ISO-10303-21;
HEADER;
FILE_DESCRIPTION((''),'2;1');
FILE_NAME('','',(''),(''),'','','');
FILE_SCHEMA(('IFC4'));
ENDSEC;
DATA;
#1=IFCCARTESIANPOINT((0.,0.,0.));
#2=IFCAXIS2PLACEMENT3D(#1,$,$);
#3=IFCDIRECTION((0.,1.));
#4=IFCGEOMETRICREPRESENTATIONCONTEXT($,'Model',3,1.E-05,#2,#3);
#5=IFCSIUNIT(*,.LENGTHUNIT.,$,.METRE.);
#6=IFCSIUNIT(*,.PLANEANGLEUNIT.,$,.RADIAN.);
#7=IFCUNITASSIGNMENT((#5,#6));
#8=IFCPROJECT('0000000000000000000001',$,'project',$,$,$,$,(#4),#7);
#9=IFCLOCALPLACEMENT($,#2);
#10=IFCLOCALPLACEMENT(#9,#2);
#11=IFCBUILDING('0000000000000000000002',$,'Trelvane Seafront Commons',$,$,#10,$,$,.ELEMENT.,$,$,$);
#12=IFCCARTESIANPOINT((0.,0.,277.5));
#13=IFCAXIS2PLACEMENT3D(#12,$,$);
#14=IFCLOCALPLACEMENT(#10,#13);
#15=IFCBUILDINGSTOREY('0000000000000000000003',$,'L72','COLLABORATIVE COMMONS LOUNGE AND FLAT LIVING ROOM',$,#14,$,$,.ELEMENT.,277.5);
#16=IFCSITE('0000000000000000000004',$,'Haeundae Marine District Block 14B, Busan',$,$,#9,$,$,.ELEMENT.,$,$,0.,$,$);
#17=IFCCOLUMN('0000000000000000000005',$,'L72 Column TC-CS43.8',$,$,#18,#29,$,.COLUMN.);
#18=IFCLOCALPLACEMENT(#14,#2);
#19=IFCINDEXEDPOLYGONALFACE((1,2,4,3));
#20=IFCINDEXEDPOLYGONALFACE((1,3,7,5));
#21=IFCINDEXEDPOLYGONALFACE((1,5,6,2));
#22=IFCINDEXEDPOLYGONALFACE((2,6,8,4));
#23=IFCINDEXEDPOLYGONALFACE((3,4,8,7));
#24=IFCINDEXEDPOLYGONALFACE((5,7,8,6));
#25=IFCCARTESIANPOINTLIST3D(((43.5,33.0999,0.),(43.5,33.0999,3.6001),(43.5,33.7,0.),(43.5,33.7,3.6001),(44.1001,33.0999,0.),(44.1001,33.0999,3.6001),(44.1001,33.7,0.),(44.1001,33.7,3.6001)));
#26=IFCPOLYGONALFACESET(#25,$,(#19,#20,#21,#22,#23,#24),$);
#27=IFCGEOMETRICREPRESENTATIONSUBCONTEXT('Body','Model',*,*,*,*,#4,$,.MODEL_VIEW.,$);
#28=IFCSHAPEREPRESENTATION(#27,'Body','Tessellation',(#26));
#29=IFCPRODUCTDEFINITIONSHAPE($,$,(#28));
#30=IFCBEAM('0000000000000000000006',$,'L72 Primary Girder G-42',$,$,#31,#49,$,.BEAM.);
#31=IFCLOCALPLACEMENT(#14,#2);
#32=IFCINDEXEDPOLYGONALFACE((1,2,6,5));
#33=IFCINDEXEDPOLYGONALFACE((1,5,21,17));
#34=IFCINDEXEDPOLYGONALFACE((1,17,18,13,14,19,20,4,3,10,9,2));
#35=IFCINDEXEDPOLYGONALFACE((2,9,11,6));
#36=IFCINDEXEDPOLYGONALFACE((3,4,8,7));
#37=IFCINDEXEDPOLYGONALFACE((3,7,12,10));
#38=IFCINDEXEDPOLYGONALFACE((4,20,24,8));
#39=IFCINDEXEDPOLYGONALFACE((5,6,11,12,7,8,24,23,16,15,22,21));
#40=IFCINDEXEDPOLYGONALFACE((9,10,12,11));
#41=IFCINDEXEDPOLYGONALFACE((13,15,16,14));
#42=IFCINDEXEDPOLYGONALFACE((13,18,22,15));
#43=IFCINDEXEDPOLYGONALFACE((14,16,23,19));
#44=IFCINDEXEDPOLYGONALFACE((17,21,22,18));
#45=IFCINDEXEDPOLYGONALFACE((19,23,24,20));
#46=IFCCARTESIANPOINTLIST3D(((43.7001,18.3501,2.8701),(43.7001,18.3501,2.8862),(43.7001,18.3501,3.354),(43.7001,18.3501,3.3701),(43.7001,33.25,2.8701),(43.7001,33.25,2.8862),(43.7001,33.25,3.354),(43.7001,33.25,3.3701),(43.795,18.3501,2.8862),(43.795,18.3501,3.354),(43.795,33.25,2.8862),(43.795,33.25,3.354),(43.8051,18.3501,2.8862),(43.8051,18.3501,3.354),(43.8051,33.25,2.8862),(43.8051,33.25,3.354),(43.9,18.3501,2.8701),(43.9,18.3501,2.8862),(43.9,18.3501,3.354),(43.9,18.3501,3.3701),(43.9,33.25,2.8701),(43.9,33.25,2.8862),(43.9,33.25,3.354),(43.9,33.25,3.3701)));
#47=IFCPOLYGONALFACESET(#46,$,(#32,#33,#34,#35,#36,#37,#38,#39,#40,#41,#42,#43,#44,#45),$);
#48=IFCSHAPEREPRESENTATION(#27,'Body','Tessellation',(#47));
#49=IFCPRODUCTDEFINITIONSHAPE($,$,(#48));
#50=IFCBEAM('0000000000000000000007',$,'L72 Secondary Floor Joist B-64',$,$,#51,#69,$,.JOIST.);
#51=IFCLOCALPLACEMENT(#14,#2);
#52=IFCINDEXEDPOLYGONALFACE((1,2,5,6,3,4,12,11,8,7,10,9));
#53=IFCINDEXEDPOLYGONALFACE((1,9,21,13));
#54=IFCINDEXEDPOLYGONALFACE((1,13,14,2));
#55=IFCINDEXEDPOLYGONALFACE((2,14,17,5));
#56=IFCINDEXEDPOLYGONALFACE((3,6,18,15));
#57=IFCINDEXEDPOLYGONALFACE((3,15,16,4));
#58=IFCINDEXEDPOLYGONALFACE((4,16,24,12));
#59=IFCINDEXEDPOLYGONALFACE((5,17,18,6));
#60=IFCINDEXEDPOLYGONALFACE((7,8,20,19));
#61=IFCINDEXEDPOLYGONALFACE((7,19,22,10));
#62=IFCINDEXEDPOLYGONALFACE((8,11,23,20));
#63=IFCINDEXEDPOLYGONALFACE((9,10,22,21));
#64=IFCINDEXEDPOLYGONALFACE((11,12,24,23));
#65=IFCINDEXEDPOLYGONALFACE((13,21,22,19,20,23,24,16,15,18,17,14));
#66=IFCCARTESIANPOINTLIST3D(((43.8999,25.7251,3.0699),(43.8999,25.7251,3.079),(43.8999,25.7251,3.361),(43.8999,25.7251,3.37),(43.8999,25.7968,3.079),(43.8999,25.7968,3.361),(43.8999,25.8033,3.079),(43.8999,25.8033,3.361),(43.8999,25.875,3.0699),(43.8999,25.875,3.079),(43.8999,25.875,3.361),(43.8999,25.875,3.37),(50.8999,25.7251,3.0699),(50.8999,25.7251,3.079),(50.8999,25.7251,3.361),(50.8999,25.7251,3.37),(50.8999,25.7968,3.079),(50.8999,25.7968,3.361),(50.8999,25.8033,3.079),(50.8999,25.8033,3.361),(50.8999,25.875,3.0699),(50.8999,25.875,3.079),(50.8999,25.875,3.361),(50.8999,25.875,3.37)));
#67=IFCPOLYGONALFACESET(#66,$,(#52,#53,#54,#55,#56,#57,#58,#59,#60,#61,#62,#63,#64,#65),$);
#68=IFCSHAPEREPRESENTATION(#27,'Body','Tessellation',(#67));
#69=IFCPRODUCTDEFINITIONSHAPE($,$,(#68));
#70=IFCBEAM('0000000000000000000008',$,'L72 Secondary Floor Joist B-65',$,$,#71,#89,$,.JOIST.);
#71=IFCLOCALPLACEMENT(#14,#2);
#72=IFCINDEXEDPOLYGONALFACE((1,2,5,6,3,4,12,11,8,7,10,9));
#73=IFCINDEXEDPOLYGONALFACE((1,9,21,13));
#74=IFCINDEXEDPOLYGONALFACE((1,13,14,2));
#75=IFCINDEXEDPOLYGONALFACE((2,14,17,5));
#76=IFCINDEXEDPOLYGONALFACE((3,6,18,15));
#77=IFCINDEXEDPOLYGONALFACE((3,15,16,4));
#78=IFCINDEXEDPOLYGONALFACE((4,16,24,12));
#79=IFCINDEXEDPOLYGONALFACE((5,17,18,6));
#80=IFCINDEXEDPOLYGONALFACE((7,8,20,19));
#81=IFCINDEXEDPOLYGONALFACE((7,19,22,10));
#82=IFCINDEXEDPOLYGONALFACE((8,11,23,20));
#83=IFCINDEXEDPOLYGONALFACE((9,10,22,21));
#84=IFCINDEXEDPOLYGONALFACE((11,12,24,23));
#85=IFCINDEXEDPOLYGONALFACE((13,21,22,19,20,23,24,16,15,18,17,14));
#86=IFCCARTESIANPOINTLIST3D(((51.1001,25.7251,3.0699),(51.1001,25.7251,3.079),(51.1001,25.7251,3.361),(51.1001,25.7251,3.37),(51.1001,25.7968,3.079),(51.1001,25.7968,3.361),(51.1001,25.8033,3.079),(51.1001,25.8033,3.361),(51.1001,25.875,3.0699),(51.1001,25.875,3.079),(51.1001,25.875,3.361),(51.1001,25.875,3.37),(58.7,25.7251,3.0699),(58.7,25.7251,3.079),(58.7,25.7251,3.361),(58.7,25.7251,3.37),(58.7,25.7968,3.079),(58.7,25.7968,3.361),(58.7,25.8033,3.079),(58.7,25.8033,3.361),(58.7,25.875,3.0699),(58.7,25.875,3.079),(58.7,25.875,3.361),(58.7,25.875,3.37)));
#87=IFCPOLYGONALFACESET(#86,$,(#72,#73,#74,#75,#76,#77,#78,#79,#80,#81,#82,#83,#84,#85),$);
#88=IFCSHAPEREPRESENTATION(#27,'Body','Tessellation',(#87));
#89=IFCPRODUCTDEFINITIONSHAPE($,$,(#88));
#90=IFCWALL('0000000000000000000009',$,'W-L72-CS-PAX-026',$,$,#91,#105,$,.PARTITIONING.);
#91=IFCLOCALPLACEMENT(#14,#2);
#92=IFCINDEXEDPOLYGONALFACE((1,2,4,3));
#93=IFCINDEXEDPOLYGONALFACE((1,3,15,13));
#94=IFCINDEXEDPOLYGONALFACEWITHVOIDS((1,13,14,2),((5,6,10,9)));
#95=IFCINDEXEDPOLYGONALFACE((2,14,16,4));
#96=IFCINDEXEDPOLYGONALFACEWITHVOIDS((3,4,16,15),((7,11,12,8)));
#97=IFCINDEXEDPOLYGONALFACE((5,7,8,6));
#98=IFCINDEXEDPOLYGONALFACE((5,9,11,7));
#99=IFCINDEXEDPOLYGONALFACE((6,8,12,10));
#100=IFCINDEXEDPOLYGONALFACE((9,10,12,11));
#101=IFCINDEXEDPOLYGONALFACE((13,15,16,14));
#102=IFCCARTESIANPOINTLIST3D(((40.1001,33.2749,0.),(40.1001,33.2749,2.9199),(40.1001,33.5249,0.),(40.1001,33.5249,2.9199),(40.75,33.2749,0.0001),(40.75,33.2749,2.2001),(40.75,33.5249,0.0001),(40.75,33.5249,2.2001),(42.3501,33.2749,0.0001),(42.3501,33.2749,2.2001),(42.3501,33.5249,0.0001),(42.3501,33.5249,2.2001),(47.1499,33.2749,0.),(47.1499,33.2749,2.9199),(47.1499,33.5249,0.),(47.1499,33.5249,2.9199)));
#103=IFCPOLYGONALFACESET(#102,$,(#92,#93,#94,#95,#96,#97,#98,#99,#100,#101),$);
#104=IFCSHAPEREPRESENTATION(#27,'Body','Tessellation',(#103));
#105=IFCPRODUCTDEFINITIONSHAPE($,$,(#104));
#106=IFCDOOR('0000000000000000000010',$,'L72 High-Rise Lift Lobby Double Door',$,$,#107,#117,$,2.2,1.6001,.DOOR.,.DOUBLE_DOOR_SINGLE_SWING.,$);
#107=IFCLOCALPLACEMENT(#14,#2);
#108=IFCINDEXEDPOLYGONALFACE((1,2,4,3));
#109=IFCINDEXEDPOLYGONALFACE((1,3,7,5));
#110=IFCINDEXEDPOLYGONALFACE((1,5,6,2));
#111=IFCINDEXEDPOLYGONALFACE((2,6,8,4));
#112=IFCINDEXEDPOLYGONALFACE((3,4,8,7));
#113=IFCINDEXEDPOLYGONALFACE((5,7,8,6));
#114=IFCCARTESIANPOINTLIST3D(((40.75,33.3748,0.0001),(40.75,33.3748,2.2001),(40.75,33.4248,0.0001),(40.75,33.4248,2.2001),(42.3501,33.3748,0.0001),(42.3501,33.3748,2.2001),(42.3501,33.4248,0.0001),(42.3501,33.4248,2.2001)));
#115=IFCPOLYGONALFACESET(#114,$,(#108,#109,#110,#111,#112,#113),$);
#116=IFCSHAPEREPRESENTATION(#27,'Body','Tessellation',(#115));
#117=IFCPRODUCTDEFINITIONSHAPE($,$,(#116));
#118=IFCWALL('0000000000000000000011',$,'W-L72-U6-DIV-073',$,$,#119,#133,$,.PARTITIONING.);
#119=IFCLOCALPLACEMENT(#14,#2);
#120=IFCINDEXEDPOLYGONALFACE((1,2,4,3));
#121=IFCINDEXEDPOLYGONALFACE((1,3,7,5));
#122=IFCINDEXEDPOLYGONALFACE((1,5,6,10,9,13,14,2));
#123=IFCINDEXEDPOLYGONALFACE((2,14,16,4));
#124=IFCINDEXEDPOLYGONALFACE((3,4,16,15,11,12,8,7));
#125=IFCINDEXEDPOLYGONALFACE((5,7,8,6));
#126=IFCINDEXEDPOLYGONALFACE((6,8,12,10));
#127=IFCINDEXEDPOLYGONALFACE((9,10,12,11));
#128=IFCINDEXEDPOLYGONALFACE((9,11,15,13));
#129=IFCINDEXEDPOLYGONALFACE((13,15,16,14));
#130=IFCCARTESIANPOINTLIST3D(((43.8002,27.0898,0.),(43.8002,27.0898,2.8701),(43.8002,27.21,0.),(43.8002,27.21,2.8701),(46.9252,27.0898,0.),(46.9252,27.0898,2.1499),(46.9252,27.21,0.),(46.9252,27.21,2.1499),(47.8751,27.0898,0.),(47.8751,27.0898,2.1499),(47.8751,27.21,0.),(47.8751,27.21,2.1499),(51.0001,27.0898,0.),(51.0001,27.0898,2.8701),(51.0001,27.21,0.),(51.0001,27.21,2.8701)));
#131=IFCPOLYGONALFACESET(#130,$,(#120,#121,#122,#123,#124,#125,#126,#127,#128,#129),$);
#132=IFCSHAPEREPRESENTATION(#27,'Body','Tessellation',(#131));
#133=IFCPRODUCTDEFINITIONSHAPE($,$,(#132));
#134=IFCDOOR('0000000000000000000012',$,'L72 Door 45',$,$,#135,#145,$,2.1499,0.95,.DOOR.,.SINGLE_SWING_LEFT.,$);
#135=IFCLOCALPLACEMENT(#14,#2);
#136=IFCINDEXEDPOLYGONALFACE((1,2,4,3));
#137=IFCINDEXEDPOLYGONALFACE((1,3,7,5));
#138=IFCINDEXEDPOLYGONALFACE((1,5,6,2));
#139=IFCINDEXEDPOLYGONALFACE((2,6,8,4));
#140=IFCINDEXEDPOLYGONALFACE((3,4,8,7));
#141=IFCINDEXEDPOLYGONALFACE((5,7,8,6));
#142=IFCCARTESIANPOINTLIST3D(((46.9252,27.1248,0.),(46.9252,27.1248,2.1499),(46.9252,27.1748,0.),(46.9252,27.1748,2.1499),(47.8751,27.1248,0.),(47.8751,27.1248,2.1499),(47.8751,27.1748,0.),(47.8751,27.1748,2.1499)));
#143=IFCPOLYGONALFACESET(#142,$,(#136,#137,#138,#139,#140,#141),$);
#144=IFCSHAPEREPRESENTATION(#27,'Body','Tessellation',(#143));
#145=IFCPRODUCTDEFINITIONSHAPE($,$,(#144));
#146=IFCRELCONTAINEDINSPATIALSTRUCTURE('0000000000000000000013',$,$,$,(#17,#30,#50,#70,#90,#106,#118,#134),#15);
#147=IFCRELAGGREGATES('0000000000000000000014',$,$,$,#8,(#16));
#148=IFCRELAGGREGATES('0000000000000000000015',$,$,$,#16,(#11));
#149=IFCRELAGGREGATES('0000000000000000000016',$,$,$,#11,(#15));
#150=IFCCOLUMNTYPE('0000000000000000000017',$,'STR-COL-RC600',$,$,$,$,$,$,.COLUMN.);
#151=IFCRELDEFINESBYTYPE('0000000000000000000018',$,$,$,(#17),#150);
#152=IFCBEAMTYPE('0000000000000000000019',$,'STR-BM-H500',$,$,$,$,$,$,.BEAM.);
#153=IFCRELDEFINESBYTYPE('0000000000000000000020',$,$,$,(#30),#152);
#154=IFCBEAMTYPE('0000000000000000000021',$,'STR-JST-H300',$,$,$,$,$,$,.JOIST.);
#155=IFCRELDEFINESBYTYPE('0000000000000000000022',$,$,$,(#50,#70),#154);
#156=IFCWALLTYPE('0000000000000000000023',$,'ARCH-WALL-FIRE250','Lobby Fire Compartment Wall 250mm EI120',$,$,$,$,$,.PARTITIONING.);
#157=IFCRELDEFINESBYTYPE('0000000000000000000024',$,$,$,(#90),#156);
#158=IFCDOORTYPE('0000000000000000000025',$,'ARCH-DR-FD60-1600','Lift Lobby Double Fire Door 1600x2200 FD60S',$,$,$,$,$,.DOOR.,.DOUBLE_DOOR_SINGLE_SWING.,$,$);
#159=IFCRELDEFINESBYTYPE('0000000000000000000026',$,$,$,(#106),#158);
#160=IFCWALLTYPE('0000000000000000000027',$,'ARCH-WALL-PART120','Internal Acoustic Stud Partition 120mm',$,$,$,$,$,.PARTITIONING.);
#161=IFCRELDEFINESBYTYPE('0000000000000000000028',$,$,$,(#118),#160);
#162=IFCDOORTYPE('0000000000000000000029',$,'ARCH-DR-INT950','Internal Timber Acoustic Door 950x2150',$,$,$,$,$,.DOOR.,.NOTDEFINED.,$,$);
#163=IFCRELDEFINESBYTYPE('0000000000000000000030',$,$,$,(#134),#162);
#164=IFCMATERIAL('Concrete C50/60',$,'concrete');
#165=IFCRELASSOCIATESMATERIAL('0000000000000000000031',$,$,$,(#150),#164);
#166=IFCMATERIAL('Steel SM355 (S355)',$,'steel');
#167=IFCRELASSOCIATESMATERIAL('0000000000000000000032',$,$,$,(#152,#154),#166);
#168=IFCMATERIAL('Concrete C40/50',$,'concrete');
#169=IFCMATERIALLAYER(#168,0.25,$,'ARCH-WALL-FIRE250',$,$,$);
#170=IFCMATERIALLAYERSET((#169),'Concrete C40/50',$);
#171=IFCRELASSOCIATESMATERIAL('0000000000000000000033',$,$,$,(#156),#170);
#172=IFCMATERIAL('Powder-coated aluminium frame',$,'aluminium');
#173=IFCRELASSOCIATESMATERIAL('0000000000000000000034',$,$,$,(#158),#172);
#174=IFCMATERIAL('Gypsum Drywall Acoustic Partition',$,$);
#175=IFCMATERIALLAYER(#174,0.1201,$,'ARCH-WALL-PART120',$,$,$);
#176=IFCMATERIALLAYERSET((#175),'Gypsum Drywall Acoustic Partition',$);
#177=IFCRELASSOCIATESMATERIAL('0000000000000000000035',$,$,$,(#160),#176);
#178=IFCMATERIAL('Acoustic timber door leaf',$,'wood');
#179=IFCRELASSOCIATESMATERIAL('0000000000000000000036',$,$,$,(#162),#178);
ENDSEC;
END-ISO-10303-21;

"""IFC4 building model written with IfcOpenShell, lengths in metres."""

from ifc_helpers import new_model, si_unit, direction, frame, frame_2d, origin, origin_2d, place, context, subcontext, project, spatial, rectangle, i_section, extrude, source, transform, mapped, material, layer, layer_set, material_profile, profile_set, type_object, element, fill, save


model = new_model("IFC4")

# Units and contexts
model_context = context("Model", 3, precision=1e-05, world=origin(), true_north=direction((0.0, 1.0)))
body_context = subcontext(model_context, "Body", "Model", "MODEL_VIEW")
ifc_project = project(units=[si_unit("LENGTHUNIT", "METRE"), si_unit("PLANEANGLEUNIT", "RADIAN")], contexts=[model_context])

# Site, building, storey
site_placement = place(None, origin())
site = spatial("IfcSite", under=ifc_project, at=site_placement, Name="Haeundae Marine District Block 14B, Busan", CompositionType="ELEMENT", RefElevation=0.0)
building_placement = place(site_placement, origin())
building = spatial("IfcBuilding", under=site, at=building_placement, Name="Trelvane Seafront Commons", CompositionType="ELEMENT")
storey_placement = place(building_placement, frame((0.0, 0.0, 277.5)))
storey = spatial("IfcBuildingStorey", under=building, at=storey_placement, Name="L72", Description="COLLABORATIVE COMMONS LOUNGE AND FLAT LIVING ROOM", CompositionType="ELEMENT", Elevation=277.5)

# Column
ifc_material_1 = material(Name="Concrete C50/60", Category="concrete")
ifc_material_profile_1 = material_profile(ifc_material_1, rectangle(XDim=0.6001, YDim=0.6001, at=origin_2d()), Name="RC-600x600")
ifc_profile_set_1 = profile_set([ifc_material_profile_1], Name="Concrete C50/60")
column_type = type_object("IfcColumnType", Name="STR-COL-RC600", PredefinedType="COLUMN", material=ifc_profile_set_1)
shared_shape_1 = source(origin(), body_context, "Body", "SweptSolid", [
    extrude(rectangle(XDim=0.6001, YDim=0.6001, at=origin_2d()), origin(), (0.0, 0.0, 1.0), 3.6001),
])
column_placement = place(storey_placement, frame((43.8, 33.3999, 0.0), z_axis=(0.0, 0.0, 1.0), x_axis=(1.0, 0.0, 0.0)))
element("IfcColumn", 1, at=column_placement, inside=storey, type_object=column_type, Name="L72 Column TC-CS43.8", PredefinedType="COLUMN", context=body_context, shape_type="MappedRepresentation", body=[
    mapped(shared_shape_1, transform((0.0, 0.0, 0.0), x_axis=(1.0, 0.0, 0.0), y_axis=(0.0, 1.0, 0.0), z_axis=(0.0, 0.0, 1.0), scale=1.0)),
])

# Beams
ifc_material_2 = material(Name="Steel SM355 (S355)", Category="steel")
ifc_material_profile_2 = material_profile(ifc_material_2, i_section(OverallWidth=0.2, OverallDepth=0.5, WebThickness=0.01, FlangeThickness=0.0161, at=origin_2d()), Name="H-500x200x10x16")
ifc_profile_set_2 = profile_set([ifc_material_profile_2], Name="Steel SM355 (S355)")
beam_type_1 = type_object("IfcBeamType", Name="STR-BM-H500", PredefinedType="BEAM", material=ifc_profile_set_2)
shared_shape_2 = source(origin(), body_context, "Body", "SweptSolid", [
    extrude(i_section(OverallWidth=0.2, OverallDepth=0.5, WebThickness=0.01, FlangeThickness=0.0161, at=origin_2d()), origin(), (0.0, 0.0, 1.0), 14.8999),
])
beam_1_placement = place(storey_placement, frame((43.8, 18.3501, 3.1201), z_axis=(0.0, 1.0, 0.0), x_axis=(-1.0, 0.0, 0.0)))
element("IfcBeam", 2, at=beam_1_placement, inside=storey, type_object=beam_type_1, Name="L72 Primary Girder G-42", PredefinedType="BEAM", context=body_context, shape_type="MappedRepresentation", body=[
    mapped(shared_shape_2, transform((0.0, 0.0, 0.0), x_axis=(1.0, 0.0, 0.0), y_axis=(0.0, 1.0, 0.0), z_axis=(0.0, 0.0, 1.0), scale=1.0)),
])
ifc_material_profile_3 = material_profile(ifc_material_2, i_section(OverallWidth=0.1499, OverallDepth=0.3, WebThickness=0.0066, FlangeThickness=0.009, at=origin_2d()), Name="H-300x150x6.5x9")
ifc_profile_set_3 = profile_set([ifc_material_profile_3], Name="Steel SM355 (S355)")
beam_type_2 = type_object("IfcBeamType", Name="STR-JST-H300", PredefinedType="JOIST", material=ifc_profile_set_3)
shared_shape_3 = source(origin(), body_context, "Body", "SweptSolid", [
    extrude(i_section(OverallWidth=0.1499, OverallDepth=0.3, WebThickness=0.0066, FlangeThickness=0.009, at=origin_2d()), origin(), (0.0, 0.0, 1.0), 7.0),
])
beam_2_placement = place(storey_placement, frame((43.8999, 25.8, 3.22), z_axis=(1.0, 0.0, 0.0), x_axis=(0.0, 1.0, 0.0)))
element("IfcBeam", 3, at=beam_2_placement, inside=storey, type_object=beam_type_2, Name="L72 Secondary Floor Joist B-64", PredefinedType="JOIST", context=body_context, shape_type="MappedRepresentation", body=[
    mapped(shared_shape_3, transform((0.0, 0.0, 0.0), x_axis=(1.0, 0.0, 0.0), y_axis=(0.0, 1.0, 0.0), z_axis=(0.0, 0.0, 1.0), scale=1.0)),
])
shared_shape_4 = source(origin(), body_context, "Body", "SweptSolid", [
    extrude(i_section(OverallWidth=0.1499, OverallDepth=0.3, WebThickness=0.0066, FlangeThickness=0.009, at=origin_2d()), origin(), (0.0, 0.0, 1.0), 7.5999),
])
beam_3_placement = place(storey_placement, frame((51.1001, 25.8, 3.22), z_axis=(1.0, 0.0, 0.0), x_axis=(0.0, 1.0, 0.0)))
element("IfcBeam", 4, at=beam_3_placement, inside=storey, type_object=beam_type_2, Name="L72 Secondary Floor Joist B-65", PredefinedType="JOIST", context=body_context, shape_type="MappedRepresentation", body=[
    mapped(shared_shape_4, transform((0.0, 0.0, 0.0), x_axis=(1.0, 0.0, 0.0), y_axis=(0.0, 1.0, 0.0), z_axis=(0.0, 0.0, 1.0), scale=1.0)),
])

# Walls, openings, doors
ifc_material_3 = material(Name="Concrete C40/50", Category="concrete")
ifc_layer_1 = layer(ifc_material_3, 0.25, Name="ARCH-WALL-FIRE250")
ifc_layer_set_1 = layer_set([ifc_layer_1], Name="Concrete C40/50")
wall_type_1 = type_object("IfcWallType", Name="ARCH-WALL-FIRE250", Description="Lobby Fire Compartment Wall 250mm EI120", PredefinedType="PARTITIONING", material=ifc_layer_set_1)
wall_1_placement = place(storey_placement, frame((40.1001, 33.3999, 0.0), z_axis=(0.0, 0.0, 1.0), x_axis=(1.0, 0.0, 0.0)))
wall_1 = element("IfcWall", 5, at=wall_1_placement, inside=storey, type_object=wall_type_1, Name="W-L72-CS-PAX-026", PredefinedType="PARTITIONING", context=body_context, shape_type="SweptSolid", body=[
    extrude(rectangle(XDim=7.0498, YDim=0.25, at=frame_2d((3.5249, 0.0))), origin(), (0.0, 0.0, 1.0), 2.9199),
])
opening_1_placement = place(wall_1_placement, frame((0.6499, 0.0, 0.0)))
opening_1 = element("IfcOpeningElement", 6, at=opening_1_placement, cuts=wall_1, PredefinedType="OPENING", context=body_context, shape_type="SweptSolid", body=[
    extrude(rectangle(XDim=1.6001, YDim=2.2, at=frame_2d((0.8, 1.1001))), frame((0.0, 0.135, 0.0), z_axis=(0.0, -1.0, 0.0), x_axis=(1.0, 0.0, 0.0)), (0.0, 0.0, 1.0), 0.27),
])
ifc_material_4 = material(Name="Powder-coated aluminium frame", Category="aluminium")
door_type_1 = type_object("IfcDoorType", Name="ARCH-DR-FD60-1600", Description="Lift Lobby Double Fire Door 1600x2200 FD60S", OperationType="DOUBLE_DOOR_SINGLE_SWING", PredefinedType="DOOR", material=ifc_material_4)
shared_shape_5 = source(origin(), body_context, "Body", "SweptSolid", [
    extrude(rectangle(XDim=1.6001, YDim=2.2, at=frame_2d((0.8, 1.1001))), frame((0.0, 0.0249, 0.0), z_axis=(0.0, -1.0, 0.0), x_axis=(1.0, 0.0, 0.0)), (0.0, 0.0, 1.0), 0.05),
])
door_1_placement = place(opening_1_placement, origin())
door_1 = element("IfcDoor", 7, at=door_1_placement, inside=storey, type_object=door_type_1, Name="L72 High-Rise Lift Lobby Double Door", OperationType="DOUBLE_DOOR_SINGLE_SWING", OverallHeight=2.2, OverallWidth=1.6001, PredefinedType="DOOR", context=body_context, shape_type="MappedRepresentation", body=[
    mapped(shared_shape_5, transform((0.0, 0.0, 0.0), x_axis=(1.0, 0.0, 0.0), y_axis=(0.0, 1.0, 0.0), z_axis=(0.0, 0.0, 1.0), scale=1.0)),
])
fill(opening_1, door_1)
ifc_material_5 = material(Name="Gypsum Drywall Acoustic Partition")
ifc_layer_2 = layer(ifc_material_5, 0.1201, Name="ARCH-WALL-PART120")
ifc_layer_set_2 = layer_set([ifc_layer_2], Name="Gypsum Drywall Acoustic Partition")
wall_type_2 = type_object("IfcWallType", Name="ARCH-WALL-PART120", Description="Internal Acoustic Stud Partition 120mm", PredefinedType="PARTITIONING", material=ifc_layer_set_2)
wall_2_placement = place(storey_placement, frame((43.8, 27.1499, 0.0), z_axis=(0.0, 0.0, 1.0), x_axis=(1.0, 0.0, 0.0)))
wall_2 = element("IfcWall", 8, at=wall_2_placement, inside=storey, type_object=wall_type_2, Name="W-L72-U6-DIV-073", PredefinedType="PARTITIONING", context=body_context, shape_type="SweptSolid", body=[
    extrude(rectangle(XDim=7.2, YDim=0.1201, at=frame_2d((3.6001, 0.0))), origin(), (0.0, 0.0, 1.0), 2.8701),
])
opening_2_placement = place(wall_2_placement, frame((3.125, 0.0, 0.0)))
opening_2 = element("IfcOpeningElement", 9, at=opening_2_placement, cuts=wall_2, PredefinedType="OPENING", context=body_context, shape_type="SweptSolid", body=[
    extrude(rectangle(XDim=0.95, YDim=2.1499, at=frame_2d((0.4751, 1.075))), frame((0.0, 0.0701, 0.0), z_axis=(0.0, -1.0, 0.0), x_axis=(1.0, 0.0, 0.0)), (0.0, 0.0, 1.0), 0.1401),
])
ifc_material_6 = material(Name="Acoustic timber door leaf", Category="wood")
door_type_2 = type_object("IfcDoorType", Name="ARCH-DR-INT950", Description="Internal Timber Acoustic Door 950x2150", OperationType="NOTDEFINED", PredefinedType="DOOR", material=ifc_material_6)
shared_shape_6 = source(origin(), body_context, "Body", "SweptSolid", [
    extrude(rectangle(XDim=0.95, YDim=2.1499, at=frame_2d((0.4751, 1.075))), frame((0.0, 0.0249, 0.0), z_axis=(0.0, -1.0, 0.0), x_axis=(1.0, 0.0, 0.0)), (0.0, 0.0, 1.0), 0.05),
])
door_2_placement = place(opening_2_placement, origin())
door_2 = element("IfcDoor", 10, at=door_2_placement, inside=storey, type_object=door_type_2, Name="L72 Door 45", OperationType="SINGLE_SWING_LEFT", OverallHeight=2.1499, OverallWidth=0.95, PredefinedType="DOOR", context=body_context, shape_type="MappedRepresentation", body=[
    mapped(shared_shape_6, transform((0.0, 0.0, 0.0), x_axis=(1.0, 0.0, 0.0), y_axis=(0.0, 1.0, 0.0), z_axis=(0.0, 0.0, 1.0), scale=1.0)),
])
fill(opening_2, door_2)

save(model, "model.ifc")
